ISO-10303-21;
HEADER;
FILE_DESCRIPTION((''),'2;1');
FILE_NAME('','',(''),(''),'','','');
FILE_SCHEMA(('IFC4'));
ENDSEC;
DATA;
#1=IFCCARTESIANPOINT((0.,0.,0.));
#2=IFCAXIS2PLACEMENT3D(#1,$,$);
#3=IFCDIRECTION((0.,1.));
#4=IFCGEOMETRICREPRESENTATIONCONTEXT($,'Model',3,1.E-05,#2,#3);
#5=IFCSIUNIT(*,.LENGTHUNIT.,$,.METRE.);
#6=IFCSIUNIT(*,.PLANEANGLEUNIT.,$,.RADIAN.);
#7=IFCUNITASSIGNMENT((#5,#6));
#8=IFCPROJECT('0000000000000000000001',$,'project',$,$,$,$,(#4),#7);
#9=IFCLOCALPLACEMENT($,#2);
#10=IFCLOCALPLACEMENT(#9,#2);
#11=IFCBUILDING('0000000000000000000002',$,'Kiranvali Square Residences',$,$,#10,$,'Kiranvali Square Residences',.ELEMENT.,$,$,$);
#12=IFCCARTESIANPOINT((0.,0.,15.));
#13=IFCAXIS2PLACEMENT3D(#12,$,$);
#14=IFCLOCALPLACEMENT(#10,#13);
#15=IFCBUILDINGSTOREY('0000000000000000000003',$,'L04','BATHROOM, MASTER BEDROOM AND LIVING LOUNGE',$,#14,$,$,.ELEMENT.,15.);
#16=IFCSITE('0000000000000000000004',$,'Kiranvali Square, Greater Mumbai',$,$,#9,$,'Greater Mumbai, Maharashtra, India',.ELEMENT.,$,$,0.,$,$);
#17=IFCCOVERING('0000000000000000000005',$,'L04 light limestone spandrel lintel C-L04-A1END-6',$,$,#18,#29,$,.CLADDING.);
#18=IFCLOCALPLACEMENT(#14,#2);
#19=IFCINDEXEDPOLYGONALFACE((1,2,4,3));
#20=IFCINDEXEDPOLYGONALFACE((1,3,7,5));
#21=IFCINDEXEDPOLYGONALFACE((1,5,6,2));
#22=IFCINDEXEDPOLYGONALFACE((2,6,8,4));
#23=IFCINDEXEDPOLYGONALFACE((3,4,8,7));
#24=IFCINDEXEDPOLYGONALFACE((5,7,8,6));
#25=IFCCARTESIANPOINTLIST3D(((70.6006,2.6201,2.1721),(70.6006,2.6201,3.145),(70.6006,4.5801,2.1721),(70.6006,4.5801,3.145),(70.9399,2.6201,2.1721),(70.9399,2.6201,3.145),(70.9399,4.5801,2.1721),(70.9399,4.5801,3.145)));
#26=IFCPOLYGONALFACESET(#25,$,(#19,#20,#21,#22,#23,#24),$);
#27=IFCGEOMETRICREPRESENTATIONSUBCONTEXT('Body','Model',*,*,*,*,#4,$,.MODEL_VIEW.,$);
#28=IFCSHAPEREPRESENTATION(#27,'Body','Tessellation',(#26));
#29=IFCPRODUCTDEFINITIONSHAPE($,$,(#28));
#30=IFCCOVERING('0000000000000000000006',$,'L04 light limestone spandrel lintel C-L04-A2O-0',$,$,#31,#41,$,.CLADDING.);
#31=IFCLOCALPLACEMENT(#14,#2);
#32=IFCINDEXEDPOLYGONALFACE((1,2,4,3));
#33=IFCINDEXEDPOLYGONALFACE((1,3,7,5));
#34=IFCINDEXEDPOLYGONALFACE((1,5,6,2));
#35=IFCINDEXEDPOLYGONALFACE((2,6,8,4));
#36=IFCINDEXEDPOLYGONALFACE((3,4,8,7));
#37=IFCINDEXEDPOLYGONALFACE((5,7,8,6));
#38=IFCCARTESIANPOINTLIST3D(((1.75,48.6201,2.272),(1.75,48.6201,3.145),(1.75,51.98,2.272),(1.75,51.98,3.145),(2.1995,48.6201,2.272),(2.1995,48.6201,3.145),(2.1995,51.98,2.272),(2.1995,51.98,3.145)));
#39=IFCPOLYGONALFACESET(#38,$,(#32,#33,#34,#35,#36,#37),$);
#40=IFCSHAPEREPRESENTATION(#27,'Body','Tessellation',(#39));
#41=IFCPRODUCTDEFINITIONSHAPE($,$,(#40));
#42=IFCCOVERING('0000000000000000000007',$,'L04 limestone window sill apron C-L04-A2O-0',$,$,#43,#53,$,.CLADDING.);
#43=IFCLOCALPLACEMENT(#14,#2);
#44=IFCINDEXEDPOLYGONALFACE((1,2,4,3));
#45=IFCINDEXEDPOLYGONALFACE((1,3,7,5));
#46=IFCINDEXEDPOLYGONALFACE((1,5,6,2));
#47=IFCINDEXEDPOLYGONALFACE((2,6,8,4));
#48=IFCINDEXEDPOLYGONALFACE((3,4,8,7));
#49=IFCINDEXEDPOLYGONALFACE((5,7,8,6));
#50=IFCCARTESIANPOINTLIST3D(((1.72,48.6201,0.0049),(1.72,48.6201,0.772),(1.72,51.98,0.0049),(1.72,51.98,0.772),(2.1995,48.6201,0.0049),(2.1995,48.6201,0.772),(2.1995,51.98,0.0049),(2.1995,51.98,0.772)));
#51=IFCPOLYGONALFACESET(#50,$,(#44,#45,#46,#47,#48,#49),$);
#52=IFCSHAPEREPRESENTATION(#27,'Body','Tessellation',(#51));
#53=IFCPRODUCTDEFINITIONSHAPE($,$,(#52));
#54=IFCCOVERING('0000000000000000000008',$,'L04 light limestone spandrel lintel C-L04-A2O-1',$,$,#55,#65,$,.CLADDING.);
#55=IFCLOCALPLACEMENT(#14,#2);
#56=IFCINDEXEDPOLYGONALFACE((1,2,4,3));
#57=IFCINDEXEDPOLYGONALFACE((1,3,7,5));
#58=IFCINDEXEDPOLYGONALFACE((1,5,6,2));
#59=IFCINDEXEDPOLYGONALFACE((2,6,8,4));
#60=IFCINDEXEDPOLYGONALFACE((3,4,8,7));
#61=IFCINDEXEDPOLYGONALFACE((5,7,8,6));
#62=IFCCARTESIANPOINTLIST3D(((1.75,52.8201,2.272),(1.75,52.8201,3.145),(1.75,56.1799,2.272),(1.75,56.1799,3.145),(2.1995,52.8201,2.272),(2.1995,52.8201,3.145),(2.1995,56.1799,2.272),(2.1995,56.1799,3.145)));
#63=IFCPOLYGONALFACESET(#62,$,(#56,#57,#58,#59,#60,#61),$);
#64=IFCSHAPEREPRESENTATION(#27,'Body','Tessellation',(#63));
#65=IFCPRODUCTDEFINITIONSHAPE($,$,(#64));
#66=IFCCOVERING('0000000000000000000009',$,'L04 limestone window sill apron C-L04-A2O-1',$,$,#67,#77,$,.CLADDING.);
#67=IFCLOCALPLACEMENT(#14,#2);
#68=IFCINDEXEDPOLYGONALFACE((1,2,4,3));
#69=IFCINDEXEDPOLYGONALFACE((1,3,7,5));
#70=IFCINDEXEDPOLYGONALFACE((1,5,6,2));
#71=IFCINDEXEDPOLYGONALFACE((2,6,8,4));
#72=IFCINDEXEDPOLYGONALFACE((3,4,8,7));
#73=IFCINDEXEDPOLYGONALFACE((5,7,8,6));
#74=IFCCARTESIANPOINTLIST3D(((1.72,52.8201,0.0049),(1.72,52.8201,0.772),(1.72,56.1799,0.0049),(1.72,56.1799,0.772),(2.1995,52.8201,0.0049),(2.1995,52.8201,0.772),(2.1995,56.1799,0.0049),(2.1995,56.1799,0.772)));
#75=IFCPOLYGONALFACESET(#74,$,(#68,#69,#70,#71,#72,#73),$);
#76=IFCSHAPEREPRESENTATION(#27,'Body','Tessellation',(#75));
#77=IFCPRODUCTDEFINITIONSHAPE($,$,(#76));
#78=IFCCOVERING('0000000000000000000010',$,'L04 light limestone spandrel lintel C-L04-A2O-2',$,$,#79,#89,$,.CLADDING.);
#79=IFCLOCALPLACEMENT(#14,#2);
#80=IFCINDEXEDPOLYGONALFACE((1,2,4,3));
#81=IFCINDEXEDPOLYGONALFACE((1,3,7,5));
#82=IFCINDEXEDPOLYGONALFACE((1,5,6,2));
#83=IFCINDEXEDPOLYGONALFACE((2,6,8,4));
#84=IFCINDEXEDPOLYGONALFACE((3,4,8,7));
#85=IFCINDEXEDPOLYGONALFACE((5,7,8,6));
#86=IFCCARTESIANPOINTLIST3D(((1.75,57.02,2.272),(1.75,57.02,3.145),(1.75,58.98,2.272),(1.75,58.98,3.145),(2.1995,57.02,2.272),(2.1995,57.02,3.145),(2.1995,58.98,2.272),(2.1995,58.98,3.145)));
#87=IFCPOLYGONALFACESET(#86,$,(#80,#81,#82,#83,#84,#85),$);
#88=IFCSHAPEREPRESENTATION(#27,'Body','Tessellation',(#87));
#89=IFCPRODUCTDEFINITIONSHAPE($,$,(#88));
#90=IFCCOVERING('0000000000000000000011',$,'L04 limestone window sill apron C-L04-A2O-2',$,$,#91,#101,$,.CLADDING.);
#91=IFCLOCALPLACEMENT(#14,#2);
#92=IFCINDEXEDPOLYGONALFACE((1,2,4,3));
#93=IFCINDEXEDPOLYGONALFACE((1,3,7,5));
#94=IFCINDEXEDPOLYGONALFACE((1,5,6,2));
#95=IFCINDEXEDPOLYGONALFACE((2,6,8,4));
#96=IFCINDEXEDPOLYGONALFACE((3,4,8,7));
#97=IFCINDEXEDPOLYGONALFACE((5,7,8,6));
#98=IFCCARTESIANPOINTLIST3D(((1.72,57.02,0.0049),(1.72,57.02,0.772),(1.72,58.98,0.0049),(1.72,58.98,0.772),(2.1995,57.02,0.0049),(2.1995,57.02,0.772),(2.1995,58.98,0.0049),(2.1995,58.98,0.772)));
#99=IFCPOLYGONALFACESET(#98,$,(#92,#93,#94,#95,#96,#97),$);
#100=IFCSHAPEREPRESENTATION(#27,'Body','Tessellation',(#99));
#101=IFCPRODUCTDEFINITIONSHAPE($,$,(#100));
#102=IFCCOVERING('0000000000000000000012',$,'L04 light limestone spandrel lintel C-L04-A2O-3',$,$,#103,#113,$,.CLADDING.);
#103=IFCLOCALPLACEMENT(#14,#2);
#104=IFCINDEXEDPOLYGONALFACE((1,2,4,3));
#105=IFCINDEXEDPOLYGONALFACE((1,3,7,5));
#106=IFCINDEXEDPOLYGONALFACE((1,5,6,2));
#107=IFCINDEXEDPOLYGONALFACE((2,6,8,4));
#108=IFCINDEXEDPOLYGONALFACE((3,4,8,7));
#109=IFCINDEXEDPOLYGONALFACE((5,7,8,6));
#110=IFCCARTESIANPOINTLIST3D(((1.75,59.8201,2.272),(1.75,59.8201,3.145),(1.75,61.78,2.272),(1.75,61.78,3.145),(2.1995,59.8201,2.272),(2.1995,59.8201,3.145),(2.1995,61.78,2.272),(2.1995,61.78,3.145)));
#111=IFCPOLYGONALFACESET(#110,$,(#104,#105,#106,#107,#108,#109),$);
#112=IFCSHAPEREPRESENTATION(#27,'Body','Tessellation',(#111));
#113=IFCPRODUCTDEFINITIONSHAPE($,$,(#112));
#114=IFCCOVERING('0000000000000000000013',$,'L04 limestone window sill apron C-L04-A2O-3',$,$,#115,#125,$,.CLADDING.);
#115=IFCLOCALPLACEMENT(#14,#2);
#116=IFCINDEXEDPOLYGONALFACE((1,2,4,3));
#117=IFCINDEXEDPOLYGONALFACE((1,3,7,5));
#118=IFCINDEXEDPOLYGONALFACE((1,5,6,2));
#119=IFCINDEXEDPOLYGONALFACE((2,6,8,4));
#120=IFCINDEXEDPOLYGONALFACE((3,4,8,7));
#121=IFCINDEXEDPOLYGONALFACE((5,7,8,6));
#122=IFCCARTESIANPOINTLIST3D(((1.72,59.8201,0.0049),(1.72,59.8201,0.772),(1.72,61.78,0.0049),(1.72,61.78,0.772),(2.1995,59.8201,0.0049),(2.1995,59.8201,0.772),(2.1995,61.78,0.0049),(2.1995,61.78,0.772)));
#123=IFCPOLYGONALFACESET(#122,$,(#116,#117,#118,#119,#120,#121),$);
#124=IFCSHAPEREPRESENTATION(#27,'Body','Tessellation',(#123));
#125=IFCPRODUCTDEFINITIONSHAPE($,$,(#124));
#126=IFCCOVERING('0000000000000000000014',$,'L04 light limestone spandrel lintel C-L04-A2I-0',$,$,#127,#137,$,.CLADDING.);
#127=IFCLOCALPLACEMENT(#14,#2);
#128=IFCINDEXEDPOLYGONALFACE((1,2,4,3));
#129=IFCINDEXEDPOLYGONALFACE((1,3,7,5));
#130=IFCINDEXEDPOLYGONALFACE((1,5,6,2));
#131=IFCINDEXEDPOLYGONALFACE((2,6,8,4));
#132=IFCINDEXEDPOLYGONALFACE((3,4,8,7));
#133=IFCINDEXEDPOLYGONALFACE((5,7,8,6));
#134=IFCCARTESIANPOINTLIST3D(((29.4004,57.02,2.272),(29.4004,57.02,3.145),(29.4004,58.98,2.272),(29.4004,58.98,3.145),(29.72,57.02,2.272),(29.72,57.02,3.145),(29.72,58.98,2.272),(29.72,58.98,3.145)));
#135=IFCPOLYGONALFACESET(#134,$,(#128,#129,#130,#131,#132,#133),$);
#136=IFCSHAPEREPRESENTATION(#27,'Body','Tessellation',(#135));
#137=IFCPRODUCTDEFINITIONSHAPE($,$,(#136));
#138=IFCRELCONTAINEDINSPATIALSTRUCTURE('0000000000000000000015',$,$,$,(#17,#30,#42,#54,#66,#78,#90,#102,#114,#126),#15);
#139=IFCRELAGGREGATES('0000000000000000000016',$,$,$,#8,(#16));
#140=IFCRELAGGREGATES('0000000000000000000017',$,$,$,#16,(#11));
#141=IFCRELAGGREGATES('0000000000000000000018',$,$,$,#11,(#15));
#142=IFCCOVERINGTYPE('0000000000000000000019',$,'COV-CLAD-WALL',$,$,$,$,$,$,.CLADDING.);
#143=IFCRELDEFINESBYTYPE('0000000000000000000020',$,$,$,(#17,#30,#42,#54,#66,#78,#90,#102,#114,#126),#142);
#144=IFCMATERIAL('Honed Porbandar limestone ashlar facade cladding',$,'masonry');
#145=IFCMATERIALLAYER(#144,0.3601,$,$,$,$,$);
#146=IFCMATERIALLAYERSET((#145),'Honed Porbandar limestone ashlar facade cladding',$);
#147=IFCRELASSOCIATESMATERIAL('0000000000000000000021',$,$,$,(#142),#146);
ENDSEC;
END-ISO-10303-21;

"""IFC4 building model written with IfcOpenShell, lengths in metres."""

from ifc_helpers import new_model, si_unit, direction, frame, origin, place, context, subcontext, project, spatial, polyline, outline, extrude, material, layer, layer_set, type_object, element, save


model = new_model("IFC4")

# Units and contexts
model_context = context("Model", 3, precision=1e-05, world=origin(), true_north=direction((0.0, 1.0)))
body_context = subcontext(model_context, "Body", "Model", "MODEL_VIEW")
ifc_project = project(units=[si_unit("LENGTHUNIT", "METRE"), si_unit("PLANEANGLEUNIT", "RADIAN")], contexts=[model_context])

# Site, building, storey
site_placement = place(None, origin())
site = spatial("IfcSite", under=ifc_project, at=site_placement, Name="Kiranvali Square, Greater Mumbai", LongName="Greater Mumbai, Maharashtra, India", CompositionType="ELEMENT", RefElevation=0.0)
building_placement = place(site_placement, origin())
building = spatial("IfcBuilding", under=site, at=building_placement, Name="Kiranvali Square Residences", LongName="Kiranvali Square Residences", CompositionType="ELEMENT")
storey_placement = place(building_placement, frame((0.0, 0.0, 15.0)))
storey = spatial("IfcBuildingStorey", under=building, at=storey_placement, Name="L04", Description="BATHROOM, MASTER BEDROOM AND LIVING LOUNGE", CompositionType="ELEMENT", Elevation=15.0)

# Coverings
ifc_material = material(Name="Honed Porbandar limestone ashlar facade cladding", Category="masonry")
ifc_layer_1 = layer(ifc_material, 0.3601)
ifc_layer_set_1 = layer_set([ifc_layer_1], Name="Honed Porbandar limestone ashlar facade cladding")
covering_type_1 = type_object("IfcCoveringType", Name="COV-CLAD-WALL", PredefinedType="CLADDING", material=ifc_layer_set_1)
covering_1_placement = place(storey_placement, frame((0.0, 0.0, 2.1721)))
element("IfcCovering", 1, at=covering_1_placement, inside=storey, type_object=covering_type_1, Name="L04 light limestone spandrel lintel C-L04-A1END-6", PredefinedType="CLADDING", context=body_context, shape_type="SweptSolid", body=[
    extrude(outline(polyline([(70.6006, 4.5801), (70.6006, 2.6201), (70.9399, 2.6201), (70.9399, 4.5801), (70.6006, 4.5801)])), origin(), (0.0, 0.0, 1.0), 0.9729),
])
covering_2_placement = place(storey_placement, frame((0.0, 0.0, 2.272)))
element("IfcCovering", 2, at=covering_2_placement, inside=storey, type_object=covering_type_1, Name="L04 light limestone spandrel lintel C-L04-A2O-0", PredefinedType="CLADDING", context=body_context, shape_type="SweptSolid", body=[
    extrude(outline(polyline([(2.1995, 48.6201), (2.1995, 51.98), (1.75, 51.98), (1.75, 48.6201), (2.1995, 48.6201)])), origin(), (0.0, 0.0, 1.0), 0.873),
])
covering_3_placement = place(storey_placement, frame((0.0, 0.0, 0.0049)))
element("IfcCovering", 3, at=covering_3_placement, inside=storey, type_object=covering_type_1, Name="L04 limestone window sill apron C-L04-A2O-0", PredefinedType="CLADDING", context=body_context, shape_type="SweptSolid", body=[
    extrude(outline(polyline([(2.1995, 48.6201), (2.1995, 51.98), (1.72, 51.98), (1.72, 48.6201), (2.1995, 48.6201)])), origin(), (0.0, 0.0, 1.0), 0.7671),
])
covering_4_placement = place(storey_placement, frame((0.0, 0.0, 2.272)))
element("IfcCovering", 4, at=covering_4_placement, inside=storey, type_object=covering_type_1, Name="L04 light limestone spandrel lintel C-L04-A2O-1", PredefinedType="CLADDING", context=body_context, shape_type="SweptSolid", body=[
    extrude(outline(polyline([(2.1995, 52.8201), (2.1995, 56.1799), (1.75, 56.1799), (1.75, 52.8201), (2.1995, 52.8201)])), origin(), (0.0, 0.0, 1.0), 0.873),
])
covering_5_placement = place(storey_placement, frame((0.0, 0.0, 0.0049)))
element("IfcCovering", 5, at=covering_5_placement, inside=storey, type_object=covering_type_1, Name="L04 limestone window sill apron C-L04-A2O-1", PredefinedType="CLADDING", context=body_context, shape_type="SweptSolid", body=[
    extrude(outline(polyline([(2.1995, 52.8201), (2.1995, 56.1799), (1.72, 56.1799), (1.72, 52.8201), (2.1995, 52.8201)])), origin(), (0.0, 0.0, 1.0), 0.7671),
])
covering_6_placement = place(storey_placement, frame((0.0, 0.0, 2.272)))
element("IfcCovering", 6, at=covering_6_placement, inside=storey, type_object=covering_type_1, Name="L04 light limestone spandrel lintel C-L04-A2O-2", PredefinedType="CLADDING", context=body_context, shape_type="SweptSolid", body=[
    extrude(outline(polyline([(2.1995, 57.02), (2.1995, 58.98), (1.75, 58.98), (1.75, 57.02), (2.1995, 57.02)])), origin(), (0.0, 0.0, 1.0), 0.873),
])
covering_7_placement = place(storey_placement, frame((0.0, 0.0, 0.0049)))
element("IfcCovering", 7, at=covering_7_placement, inside=storey, type_object=covering_type_1, Name="L04 limestone window sill apron C-L04-A2O-2", PredefinedType="CLADDING", context=body_context, shape_type="SweptSolid", body=[
    extrude(outline(polyline([(2.1995, 57.02), (2.1995, 58.98), (1.72, 58.98), (1.72, 57.02), (2.1995, 57.02)])), origin(), (0.0, 0.0, 1.0), 0.7671),
])
covering_8_placement = place(storey_placement, frame((0.0, 0.0, 2.272)))
element("IfcCovering", 8, at=covering_8_placement, inside=storey, type_object=covering_type_1, Name="L04 light limestone spandrel lintel C-L04-A2O-3", PredefinedType="CLADDING", context=body_context, shape_type="SweptSolid", body=[
    extrude(outline(polyline([(2.1995, 59.8201), (2.1995, 61.78), (1.75, 61.78), (1.75, 59.8201), (2.1995, 59.8201)])), origin(), (0.0, 0.0, 1.0), 0.873),
])
covering_9_placement = place(storey_placement, frame((0.0, 0.0, 0.0049)))
element("IfcCovering", 9, at=covering_9_placement, inside=storey, type_object=covering_type_1, Name="L04 limestone window sill apron C-L04-A2O-3", PredefinedType="CLADDING", context=body_context, shape_type="SweptSolid", body=[
    extrude(outline(polyline([(2.1995, 59.8201), (2.1995, 61.78), (1.72, 61.78), (1.72, 59.8201), (2.1995, 59.8201)])), origin(), (0.0, 0.0, 1.0), 0.7671),
])
covering_10_placement = place(storey_placement, frame((0.0, 0.0, 2.272)))
element("IfcCovering", 10, at=covering_10_placement, inside=storey, type_object=covering_type_1, Name="L04 light limestone spandrel lintel C-L04-A2I-0", PredefinedType="CLADDING", context=body_context, shape_type="SweptSolid", body=[
    extrude(outline(polyline([(29.72, 57.02), (29.72, 58.98), (29.4004, 58.98), (29.4004, 57.02), (29.72, 57.02)])), origin(), (0.0, 0.0, 1.0), 0.873),
])

save(model, "model.ifc")
